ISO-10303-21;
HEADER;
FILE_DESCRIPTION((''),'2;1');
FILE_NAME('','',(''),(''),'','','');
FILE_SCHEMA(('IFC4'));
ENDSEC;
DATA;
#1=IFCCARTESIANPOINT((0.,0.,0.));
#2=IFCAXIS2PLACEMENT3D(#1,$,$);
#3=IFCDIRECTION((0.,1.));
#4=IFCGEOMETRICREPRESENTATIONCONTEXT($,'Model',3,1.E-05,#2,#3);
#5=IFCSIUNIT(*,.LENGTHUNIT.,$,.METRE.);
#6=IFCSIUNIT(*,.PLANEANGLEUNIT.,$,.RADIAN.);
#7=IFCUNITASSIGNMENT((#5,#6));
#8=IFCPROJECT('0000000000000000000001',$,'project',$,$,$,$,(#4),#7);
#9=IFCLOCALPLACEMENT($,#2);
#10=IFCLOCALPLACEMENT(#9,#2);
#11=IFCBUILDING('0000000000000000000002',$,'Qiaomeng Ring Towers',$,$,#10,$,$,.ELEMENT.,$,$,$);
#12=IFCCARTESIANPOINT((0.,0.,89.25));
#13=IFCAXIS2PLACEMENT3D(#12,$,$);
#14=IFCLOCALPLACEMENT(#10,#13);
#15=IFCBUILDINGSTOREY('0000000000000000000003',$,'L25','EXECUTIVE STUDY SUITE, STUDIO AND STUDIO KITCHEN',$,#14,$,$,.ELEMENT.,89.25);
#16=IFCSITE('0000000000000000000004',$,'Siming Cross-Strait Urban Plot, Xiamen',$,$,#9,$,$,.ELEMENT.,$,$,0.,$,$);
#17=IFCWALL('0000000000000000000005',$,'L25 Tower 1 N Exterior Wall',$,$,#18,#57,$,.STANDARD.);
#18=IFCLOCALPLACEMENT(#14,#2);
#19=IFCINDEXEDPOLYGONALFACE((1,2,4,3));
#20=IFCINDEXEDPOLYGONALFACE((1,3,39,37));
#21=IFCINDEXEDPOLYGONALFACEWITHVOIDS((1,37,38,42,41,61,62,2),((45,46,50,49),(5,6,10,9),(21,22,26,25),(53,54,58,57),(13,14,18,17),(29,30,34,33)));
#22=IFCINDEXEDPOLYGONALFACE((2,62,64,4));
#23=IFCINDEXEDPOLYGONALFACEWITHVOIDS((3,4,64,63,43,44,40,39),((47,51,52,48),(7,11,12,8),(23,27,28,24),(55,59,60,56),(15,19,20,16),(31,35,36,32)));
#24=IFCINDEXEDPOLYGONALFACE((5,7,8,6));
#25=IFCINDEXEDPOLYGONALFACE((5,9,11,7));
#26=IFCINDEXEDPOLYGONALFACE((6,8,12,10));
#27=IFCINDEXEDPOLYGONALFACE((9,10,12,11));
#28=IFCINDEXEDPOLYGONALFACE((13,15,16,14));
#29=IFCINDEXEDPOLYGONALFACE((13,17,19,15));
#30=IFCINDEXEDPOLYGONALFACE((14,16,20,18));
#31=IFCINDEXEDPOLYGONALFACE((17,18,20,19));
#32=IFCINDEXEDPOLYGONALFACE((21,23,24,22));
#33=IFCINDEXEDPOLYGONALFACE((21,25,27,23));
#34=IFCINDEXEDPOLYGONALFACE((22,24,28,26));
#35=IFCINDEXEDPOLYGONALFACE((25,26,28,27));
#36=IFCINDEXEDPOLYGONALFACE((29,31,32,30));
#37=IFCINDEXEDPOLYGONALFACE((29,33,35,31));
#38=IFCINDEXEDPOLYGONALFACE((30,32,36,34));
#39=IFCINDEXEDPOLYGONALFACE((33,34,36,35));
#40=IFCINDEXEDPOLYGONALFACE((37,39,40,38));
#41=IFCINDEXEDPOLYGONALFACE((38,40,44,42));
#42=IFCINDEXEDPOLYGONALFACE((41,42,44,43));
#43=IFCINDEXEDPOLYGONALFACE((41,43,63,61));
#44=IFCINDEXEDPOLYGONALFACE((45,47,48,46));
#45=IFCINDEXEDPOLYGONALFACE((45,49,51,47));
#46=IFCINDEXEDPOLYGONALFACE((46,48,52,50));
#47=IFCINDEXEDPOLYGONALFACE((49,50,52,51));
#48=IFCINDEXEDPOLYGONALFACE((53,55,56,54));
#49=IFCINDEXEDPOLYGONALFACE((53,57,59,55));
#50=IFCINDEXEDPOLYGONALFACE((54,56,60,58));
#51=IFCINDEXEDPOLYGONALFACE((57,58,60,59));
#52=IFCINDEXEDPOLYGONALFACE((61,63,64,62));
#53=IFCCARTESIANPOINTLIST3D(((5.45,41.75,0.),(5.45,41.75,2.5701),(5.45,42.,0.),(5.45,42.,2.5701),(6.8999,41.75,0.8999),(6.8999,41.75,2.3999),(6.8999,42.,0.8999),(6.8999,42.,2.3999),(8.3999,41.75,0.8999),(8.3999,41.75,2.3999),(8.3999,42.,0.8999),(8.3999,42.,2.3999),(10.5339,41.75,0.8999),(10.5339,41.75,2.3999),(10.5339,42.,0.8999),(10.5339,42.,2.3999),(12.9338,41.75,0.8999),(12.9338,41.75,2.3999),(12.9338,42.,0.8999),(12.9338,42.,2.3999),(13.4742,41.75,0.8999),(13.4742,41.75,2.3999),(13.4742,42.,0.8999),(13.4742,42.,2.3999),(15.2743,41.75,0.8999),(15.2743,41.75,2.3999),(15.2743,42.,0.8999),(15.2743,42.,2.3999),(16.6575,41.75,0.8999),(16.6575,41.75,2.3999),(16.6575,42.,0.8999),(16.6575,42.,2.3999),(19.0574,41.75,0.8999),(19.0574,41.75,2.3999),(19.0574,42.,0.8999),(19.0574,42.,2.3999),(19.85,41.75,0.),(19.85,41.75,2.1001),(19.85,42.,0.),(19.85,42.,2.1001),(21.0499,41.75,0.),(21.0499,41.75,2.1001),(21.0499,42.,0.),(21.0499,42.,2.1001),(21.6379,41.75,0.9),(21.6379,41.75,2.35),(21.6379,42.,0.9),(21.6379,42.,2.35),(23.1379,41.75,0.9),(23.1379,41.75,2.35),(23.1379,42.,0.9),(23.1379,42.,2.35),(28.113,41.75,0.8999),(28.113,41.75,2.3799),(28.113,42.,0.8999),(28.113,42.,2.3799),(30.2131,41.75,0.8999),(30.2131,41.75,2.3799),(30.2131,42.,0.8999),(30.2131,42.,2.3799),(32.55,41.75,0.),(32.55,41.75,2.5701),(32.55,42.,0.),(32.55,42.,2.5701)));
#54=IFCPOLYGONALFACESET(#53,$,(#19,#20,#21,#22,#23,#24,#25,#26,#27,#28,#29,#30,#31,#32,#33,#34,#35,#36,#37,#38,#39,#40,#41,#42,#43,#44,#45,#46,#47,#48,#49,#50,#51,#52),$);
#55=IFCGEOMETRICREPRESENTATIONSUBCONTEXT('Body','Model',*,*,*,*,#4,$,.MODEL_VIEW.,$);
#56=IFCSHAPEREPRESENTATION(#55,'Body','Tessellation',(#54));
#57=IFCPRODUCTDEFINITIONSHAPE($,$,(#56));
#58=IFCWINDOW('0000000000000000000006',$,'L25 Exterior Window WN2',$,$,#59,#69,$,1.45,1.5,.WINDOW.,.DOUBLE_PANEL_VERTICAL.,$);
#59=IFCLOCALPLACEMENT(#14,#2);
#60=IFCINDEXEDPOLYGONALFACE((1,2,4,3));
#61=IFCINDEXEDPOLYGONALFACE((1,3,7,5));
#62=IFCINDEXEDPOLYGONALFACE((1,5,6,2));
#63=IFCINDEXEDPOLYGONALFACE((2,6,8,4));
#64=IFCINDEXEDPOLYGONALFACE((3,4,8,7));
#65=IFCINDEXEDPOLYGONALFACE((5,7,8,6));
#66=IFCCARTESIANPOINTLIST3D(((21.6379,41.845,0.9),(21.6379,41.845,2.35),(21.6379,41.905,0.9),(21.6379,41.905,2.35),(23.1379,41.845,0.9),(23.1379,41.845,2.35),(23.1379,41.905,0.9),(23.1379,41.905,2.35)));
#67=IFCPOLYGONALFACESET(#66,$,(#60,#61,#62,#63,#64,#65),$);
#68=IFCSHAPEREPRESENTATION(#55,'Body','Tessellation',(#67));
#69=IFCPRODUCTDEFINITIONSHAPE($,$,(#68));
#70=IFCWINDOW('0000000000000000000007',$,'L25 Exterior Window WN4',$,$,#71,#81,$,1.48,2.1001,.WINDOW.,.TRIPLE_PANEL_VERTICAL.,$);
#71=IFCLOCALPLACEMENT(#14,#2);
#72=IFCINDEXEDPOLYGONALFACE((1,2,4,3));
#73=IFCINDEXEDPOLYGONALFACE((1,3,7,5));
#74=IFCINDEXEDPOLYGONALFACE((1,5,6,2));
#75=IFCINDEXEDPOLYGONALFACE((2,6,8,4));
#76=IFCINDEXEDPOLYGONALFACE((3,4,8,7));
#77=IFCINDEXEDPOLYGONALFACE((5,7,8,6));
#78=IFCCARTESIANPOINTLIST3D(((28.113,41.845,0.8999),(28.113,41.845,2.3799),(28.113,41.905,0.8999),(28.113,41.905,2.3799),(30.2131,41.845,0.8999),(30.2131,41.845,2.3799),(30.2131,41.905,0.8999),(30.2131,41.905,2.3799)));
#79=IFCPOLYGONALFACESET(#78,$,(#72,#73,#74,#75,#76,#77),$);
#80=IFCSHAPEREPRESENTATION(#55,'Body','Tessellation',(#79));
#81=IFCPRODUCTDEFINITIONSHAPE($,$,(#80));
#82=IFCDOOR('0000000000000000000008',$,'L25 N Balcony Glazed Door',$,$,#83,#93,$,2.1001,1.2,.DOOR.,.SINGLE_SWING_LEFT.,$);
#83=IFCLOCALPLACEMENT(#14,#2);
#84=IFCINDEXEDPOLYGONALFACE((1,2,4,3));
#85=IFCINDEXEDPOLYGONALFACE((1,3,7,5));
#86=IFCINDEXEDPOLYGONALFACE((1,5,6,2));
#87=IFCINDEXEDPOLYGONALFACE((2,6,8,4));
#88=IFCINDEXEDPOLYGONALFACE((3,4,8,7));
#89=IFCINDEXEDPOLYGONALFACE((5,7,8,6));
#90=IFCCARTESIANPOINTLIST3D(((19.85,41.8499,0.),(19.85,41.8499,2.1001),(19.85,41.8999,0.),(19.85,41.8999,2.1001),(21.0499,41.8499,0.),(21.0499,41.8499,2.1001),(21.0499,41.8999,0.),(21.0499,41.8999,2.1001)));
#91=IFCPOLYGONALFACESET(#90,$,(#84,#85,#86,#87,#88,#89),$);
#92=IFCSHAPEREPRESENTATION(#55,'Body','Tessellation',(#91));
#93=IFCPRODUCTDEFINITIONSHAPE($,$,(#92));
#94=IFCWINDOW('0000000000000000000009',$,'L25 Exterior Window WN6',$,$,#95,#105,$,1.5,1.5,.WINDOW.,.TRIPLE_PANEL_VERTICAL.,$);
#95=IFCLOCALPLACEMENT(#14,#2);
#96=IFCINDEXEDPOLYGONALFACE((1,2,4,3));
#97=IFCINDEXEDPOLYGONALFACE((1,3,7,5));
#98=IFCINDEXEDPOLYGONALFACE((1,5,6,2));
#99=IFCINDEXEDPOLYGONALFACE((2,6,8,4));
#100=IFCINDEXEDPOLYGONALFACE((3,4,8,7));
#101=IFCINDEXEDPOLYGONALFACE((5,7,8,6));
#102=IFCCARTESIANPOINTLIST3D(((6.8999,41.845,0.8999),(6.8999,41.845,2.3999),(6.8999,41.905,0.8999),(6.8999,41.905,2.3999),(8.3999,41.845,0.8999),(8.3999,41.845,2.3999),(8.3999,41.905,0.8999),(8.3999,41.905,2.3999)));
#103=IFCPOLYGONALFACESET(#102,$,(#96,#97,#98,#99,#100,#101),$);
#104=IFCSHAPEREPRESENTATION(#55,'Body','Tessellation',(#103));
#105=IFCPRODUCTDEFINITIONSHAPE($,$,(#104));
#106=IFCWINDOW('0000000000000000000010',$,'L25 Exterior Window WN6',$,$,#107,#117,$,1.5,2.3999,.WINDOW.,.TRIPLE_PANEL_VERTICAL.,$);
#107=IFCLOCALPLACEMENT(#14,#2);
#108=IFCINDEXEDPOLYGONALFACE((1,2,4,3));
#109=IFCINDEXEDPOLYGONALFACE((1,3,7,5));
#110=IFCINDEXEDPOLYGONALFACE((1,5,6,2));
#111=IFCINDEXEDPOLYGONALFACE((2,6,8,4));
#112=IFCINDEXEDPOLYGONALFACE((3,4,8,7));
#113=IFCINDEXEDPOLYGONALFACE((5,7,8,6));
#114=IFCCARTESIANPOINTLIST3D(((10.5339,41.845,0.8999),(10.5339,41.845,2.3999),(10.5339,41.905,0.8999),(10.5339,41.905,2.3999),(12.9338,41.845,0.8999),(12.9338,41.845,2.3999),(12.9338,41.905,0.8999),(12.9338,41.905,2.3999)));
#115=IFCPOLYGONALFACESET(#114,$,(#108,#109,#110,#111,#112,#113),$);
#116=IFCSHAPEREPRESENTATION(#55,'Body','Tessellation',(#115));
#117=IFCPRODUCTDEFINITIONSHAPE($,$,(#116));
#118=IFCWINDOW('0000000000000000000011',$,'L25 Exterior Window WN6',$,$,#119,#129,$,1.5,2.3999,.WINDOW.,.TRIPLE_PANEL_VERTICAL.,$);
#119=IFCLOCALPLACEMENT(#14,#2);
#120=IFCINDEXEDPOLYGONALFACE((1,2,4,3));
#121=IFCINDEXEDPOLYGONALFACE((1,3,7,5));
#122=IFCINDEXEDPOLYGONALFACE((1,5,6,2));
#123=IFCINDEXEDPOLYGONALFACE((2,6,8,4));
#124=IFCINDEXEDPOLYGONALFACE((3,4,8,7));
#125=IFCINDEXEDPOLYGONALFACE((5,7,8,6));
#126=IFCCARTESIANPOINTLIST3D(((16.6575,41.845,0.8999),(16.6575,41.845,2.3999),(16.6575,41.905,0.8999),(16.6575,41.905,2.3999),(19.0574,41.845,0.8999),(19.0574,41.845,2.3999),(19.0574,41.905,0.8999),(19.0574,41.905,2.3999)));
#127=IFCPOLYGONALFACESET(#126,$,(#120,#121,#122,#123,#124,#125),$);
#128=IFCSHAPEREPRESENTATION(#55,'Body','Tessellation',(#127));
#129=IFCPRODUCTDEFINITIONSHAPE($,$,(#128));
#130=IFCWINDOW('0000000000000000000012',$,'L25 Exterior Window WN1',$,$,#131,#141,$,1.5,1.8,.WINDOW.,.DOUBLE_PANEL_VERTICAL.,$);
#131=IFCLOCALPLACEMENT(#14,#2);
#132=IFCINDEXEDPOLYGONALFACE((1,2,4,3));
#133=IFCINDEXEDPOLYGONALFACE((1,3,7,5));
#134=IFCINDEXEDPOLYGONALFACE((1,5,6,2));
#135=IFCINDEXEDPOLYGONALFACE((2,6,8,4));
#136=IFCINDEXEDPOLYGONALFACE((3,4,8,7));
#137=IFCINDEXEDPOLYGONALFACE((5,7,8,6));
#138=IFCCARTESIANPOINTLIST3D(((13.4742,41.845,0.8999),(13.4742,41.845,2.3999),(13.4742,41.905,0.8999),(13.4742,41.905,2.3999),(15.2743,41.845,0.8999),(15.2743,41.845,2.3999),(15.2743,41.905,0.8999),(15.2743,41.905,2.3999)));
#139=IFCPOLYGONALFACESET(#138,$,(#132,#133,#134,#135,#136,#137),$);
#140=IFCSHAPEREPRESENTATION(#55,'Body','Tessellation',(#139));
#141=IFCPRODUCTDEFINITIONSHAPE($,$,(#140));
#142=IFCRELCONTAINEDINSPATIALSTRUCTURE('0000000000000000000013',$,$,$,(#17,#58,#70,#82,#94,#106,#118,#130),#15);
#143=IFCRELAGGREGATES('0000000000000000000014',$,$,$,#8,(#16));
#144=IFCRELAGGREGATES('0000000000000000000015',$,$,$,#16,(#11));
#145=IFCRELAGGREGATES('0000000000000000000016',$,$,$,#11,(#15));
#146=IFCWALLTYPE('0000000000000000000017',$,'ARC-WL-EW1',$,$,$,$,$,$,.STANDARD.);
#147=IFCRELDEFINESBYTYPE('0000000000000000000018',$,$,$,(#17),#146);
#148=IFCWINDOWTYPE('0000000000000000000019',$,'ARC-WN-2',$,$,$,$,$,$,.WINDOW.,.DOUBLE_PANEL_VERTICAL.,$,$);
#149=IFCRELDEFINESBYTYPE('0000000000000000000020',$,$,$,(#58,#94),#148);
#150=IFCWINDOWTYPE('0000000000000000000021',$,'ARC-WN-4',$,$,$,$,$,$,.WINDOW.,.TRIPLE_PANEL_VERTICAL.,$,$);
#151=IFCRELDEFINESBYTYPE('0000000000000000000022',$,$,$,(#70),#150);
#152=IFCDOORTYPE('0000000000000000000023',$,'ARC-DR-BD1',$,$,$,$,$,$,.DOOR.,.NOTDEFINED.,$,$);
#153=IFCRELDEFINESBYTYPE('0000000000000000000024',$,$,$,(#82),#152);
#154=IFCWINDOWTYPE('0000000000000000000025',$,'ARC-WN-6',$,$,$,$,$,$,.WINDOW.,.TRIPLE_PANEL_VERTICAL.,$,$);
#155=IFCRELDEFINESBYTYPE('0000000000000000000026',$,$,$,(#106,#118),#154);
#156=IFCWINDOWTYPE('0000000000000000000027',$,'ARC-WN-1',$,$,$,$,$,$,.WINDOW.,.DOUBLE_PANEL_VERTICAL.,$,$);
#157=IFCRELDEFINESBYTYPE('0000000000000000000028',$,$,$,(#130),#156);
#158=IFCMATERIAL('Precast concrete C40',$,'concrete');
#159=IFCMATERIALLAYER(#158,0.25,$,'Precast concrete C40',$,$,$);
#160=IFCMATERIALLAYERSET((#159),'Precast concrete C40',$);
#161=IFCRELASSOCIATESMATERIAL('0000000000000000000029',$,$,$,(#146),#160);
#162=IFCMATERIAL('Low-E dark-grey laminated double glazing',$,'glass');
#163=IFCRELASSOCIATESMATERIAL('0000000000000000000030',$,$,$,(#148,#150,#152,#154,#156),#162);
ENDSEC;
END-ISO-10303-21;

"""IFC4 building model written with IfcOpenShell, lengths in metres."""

from ifc_helpers import new_model, si_unit, direction, frame, frame_2d, origin, place, context, subcontext, project, spatial, rectangle, extrude, source, transform, mapped, material, layer, layer_set, type_object, element, fill, save


model = new_model("IFC4")

# Units and contexts
model_context = context("Model", 3, precision=1e-05, world=origin(), true_north=direction((0.0, 1.0)))
body_context = subcontext(model_context, "Body", "Model", "MODEL_VIEW")
ifc_project = project(units=[si_unit("LENGTHUNIT", "METRE"), si_unit("PLANEANGLEUNIT", "RADIAN")], contexts=[model_context])

# Site, building, storey
site_placement = place(None, origin())
site = spatial("IfcSite", under=ifc_project, at=site_placement, Name="Siming Cross-Strait Urban Plot, Xiamen", CompositionType="ELEMENT", RefElevation=0.0)
building_placement = place(site_placement, origin())
building = spatial("IfcBuilding", under=site, at=building_placement, Name="Qiaomeng Ring Towers", CompositionType="ELEMENT")
storey_placement = place(building_placement, frame((0.0, 0.0, 89.25)))
storey = spatial("IfcBuildingStorey", under=building, at=storey_placement, Name="L25", Description="EXECUTIVE STUDY SUITE, STUDIO AND STUDIO KITCHEN", CompositionType="ELEMENT", Elevation=89.25)

# Shared definitions
ifc_material_1 = material(Name="Low-E dark-grey laminated double glazing", Category="glass")

# Wall, openings, windows, door
ifc_material_2 = material(Name="Precast concrete C40", Category="concrete")
ifc_layer_1 = layer(ifc_material_2, 0.25, Name="Precast concrete C40")
ifc_layer_set_1 = layer_set([ifc_layer_1], Name="Precast concrete C40")
wall_type_1 = type_object("IfcWallType", Name="ARC-WL-EW1", PredefinedType="STANDARD", material=ifc_layer_set_1)
wall_1_placement = place(storey_placement, frame((5.45, 41.875, 0.0), z_axis=(0.0, 0.0, 1.0), x_axis=(1.0, 0.0, 0.0)))
wall_1 = element("IfcWall", 1, at=wall_1_placement, inside=storey, type_object=wall_type_1, Name="L25 Tower 1 N Exterior Wall", PredefinedType="STANDARD", context=body_context, shape_type="SweptSolid", body=[
    extrude(rectangle(XDim=27.1001, YDim=0.25, at=frame_2d((13.55, 0.0))), origin(), (0.0, 0.0, 1.0), 2.5701),
])
opening_1_placement = place(wall_1_placement, frame((14.3999, 0.0, 0.0)))
opening_1 = element("IfcOpeningElement", 2, at=opening_1_placement, cuts=wall_1, PredefinedType="OPENING", context=body_context, shape_type="SweptSolid", body=[
    extrude(rectangle(XDim=1.2, YDim=2.1001, at=frame_2d((0.6001, 1.05))), frame((0.0, 0.135, 0.0), z_axis=(0.0, -1.0, 0.0), x_axis=(1.0, 0.0, 0.0)), (0.0, 0.0, 1.0), 0.27),
])
opening_2_placement = place(wall_1_placement, frame((1.45, 0.0, 0.8999)))
opening_2 = element("IfcOpeningElement", 3, at=opening_2_placement, cuts=wall_1, PredefinedType="OPENING", context=body_context, shape_type="SweptSolid", body=[
    extrude(rectangle(XDim=1.5, YDim=1.5, at=frame_2d((0.75, 0.75))), frame((0.0, 0.135, 0.0), z_axis=(0.0, -1.0, 0.0), x_axis=(1.0, 0.0, 0.0)), (0.0, 0.0, 1.0), 0.27),
])
opening_3_placement = place(wall_1_placement, frame((8.0244, 0.0, 0.8999)))
opening_3 = element("IfcOpeningElement", 4, at=opening_3_placement, cuts=wall_1, PredefinedType="OPENING", context=body_context, shape_type="SweptSolid", body=[
    extrude(rectangle(XDim=1.8, YDim=1.5, at=frame_2d((0.8999, 0.75))), frame((0.0, 0.135, 0.0), z_axis=(0.0, -1.0, 0.0), x_axis=(1.0, 0.0, 0.0)), (0.0, 0.0, 1.0), 0.27),
])
opening_4_placement = place(wall_1_placement, frame((16.188, 0.0, 0.8999)))
opening_4 = element("IfcOpeningElement", 5, at=opening_4_placement, cuts=wall_1, PredefinedType="OPENING", context=body_context, shape_type="SweptSolid", body=[
    extrude(rectangle(XDim=1.5, YDim=1.45, at=frame_2d((0.75, 0.7251))), frame((0.0, 0.135, 0.0), z_axis=(0.0, -1.0, 0.0), x_axis=(1.0, 0.0, 0.0)), (0.0, 0.0, 1.0), 0.27),
])
opening_5_placement = place(wall_1_placement, frame((22.6631, 0.0, 0.8999)))
opening_5 = element("IfcOpeningElement", 6, at=opening_5_placement, cuts=wall_1, PredefinedType="OPENING", context=body_context, shape_type="SweptSolid", body=[
    extrude(rectangle(XDim=2.1001, YDim=1.48, at=frame_2d((1.05, 0.74))), frame((0.0, 0.135, 0.0), z_axis=(0.0, -1.0, 0.0), x_axis=(1.0, 0.0, 0.0)), (0.0, 0.0, 1.0), 0.27),
])
opening_6_placement = place(wall_1_placement, frame((5.084, 0.0, 0.8999)))
opening_6 = element("IfcOpeningElement", 7, at=opening_6_placement, cuts=wall_1, PredefinedType="OPENING", context=body_context, shape_type="SweptSolid", body=[
    extrude(rectangle(XDim=2.3999, YDim=1.5, at=frame_2d((1.2, 0.75))), frame((0.0, 0.135, 0.0), z_axis=(0.0, -1.0, 0.0), x_axis=(1.0, 0.0, 0.0)), (0.0, 0.0, 1.0), 0.27),
])
opening_7_placement = place(wall_1_placement, frame((11.2075, 0.0, 0.8999)))
opening_7 = element("IfcOpeningElement", 8, at=opening_7_placement, cuts=wall_1, PredefinedType="OPENING", context=body_context, shape_type="SweptSolid", body=[
    extrude(rectangle(XDim=2.3999, YDim=1.5, at=frame_2d((1.2, 0.75))), frame((0.0, 0.135, 0.0), z_axis=(0.0, -1.0, 0.0), x_axis=(1.0, 0.0, 0.0)), (0.0, 0.0, 1.0), 0.27),
])
window_type_1 = type_object("IfcWindowType", Name="ARC-WN-2", PartitioningType="DOUBLE_PANEL_VERTICAL", PredefinedType="WINDOW", material=ifc_material_1)
shared_shape_1 = source(origin(), body_context, "Body", "SweptSolid", [
    extrude(rectangle(XDim=1.5, YDim=1.45, at=frame_2d((0.75, 0.7251))), frame((0.0, 0.03, 0.0), z_axis=(0.0, -1.0, 0.0), x_axis=(1.0, 0.0, 0.0)), (0.0, 0.0, 1.0), 0.0601),
])
window_1_placement = place(opening_4_placement, origin())
window_1 = element("IfcWindow", 9, at=window_1_placement, inside=storey, type_object=window_type_1, Name="L25 Exterior Window WN2", OverallHeight=1.45, OverallWidth=1.5, PartitioningType="DOUBLE_PANEL_VERTICAL", PredefinedType="WINDOW", context=body_context, shape_type="MappedRepresentation", body=[
    mapped(shared_shape_1, transform((0.0, 0.0, 0.0), x_axis=(1.0, 0.0, 0.0), y_axis=(0.0, 1.0, 0.0), z_axis=(0.0, 0.0, 1.0), scale=1.0)),
])
fill(opening_4, window_1)
window_type_2 = type_object("IfcWindowType", Name="ARC-WN-4", PartitioningType="TRIPLE_PANEL_VERTICAL", PredefinedType="WINDOW", material=ifc_material_1)
shared_shape_2 = source(origin(), body_context, "Body", "SweptSolid", [
    extrude(rectangle(XDim=2.1001, YDim=1.48, at=frame_2d((1.05, 0.74))), frame((0.0, 0.03, 0.0), z_axis=(0.0, -1.0, 0.0), x_axis=(1.0, 0.0, 0.0)), (0.0, 0.0, 1.0), 0.0601),
])
window_2_placement = place(opening_5_placement, origin())
window_2 = element("IfcWindow", 10, at=window_2_placement, inside=storey, type_object=window_type_2, Name="L25 Exterior Window WN4", OverallHeight=1.48, OverallWidth=2.1001, PartitioningType="TRIPLE_PANEL_VERTICAL", PredefinedType="WINDOW", context=body_context, shape_type="MappedRepresentation", body=[
    mapped(shared_shape_2, transform((0.0, 0.0, 0.0), x_axis=(1.0, 0.0, 0.0), y_axis=(0.0, 1.0, 0.0), z_axis=(0.0, 0.0, 1.0), scale=1.0)),
])
fill(opening_5, window_2)
door_type_1 = type_object("IfcDoorType", Name="ARC-DR-BD1", OperationType="NOTDEFINED", PredefinedType="DOOR", material=ifc_material_1)
shared_shape_3 = source(origin(), body_context, "Body", "SweptSolid", [
    extrude(rectangle(XDim=1.2, YDim=2.1001, at=frame_2d((0.6001, 1.05))), frame((0.0, 0.0249, 0.0), z_axis=(0.0, -1.0, 0.0), x_axis=(1.0, 0.0, 0.0)), (0.0, 0.0, 1.0), 0.05),
])
door_1_placement = place(opening_1_placement, origin())
door_1 = element("IfcDoor", 11, at=door_1_placement, inside=storey, type_object=door_type_1, Name="L25 N Balcony Glazed Door", OperationType="SINGLE_SWING_LEFT", OverallHeight=2.1001, OverallWidth=1.2, PredefinedType="DOOR", context=body_context, shape_type="MappedRepresentation", body=[
    mapped(shared_shape_3, transform((0.0, 0.0, 0.0), x_axis=(1.0, 0.0, 0.0), y_axis=(0.0, 1.0, 0.0), z_axis=(0.0, 0.0, 1.0), scale=1.0)),
])
fill(opening_1, door_1)
shared_shape_4 = source(origin(), body_context, "Body", "SweptSolid", [
    extrude(rectangle(XDim=1.5, YDim=1.5, at=frame_2d((0.75, 0.75))), frame((0.0, 0.03, 0.0), z_axis=(0.0, -1.0, 0.0), x_axis=(1.0, 0.0, 0.0)), (0.0, 0.0, 1.0), 0.0601),
])
window_3_placement = place(opening_2_placement, origin())
window_3 = element("IfcWindow", 12, at=window_3_placement, inside=storey, type_object=window_type_1, Name="L25 Exterior Window WN6", OverallHeight=1.5, OverallWidth=1.5, PartitioningType="TRIPLE_PANEL_VERTICAL", PredefinedType="WINDOW", context=body_context, shape_type="MappedRepresentation", body=[
    mapped(shared_shape_4, transform((0.0, 0.0, 0.0), x_axis=(1.0, 0.0, 0.0), y_axis=(0.0, 1.0, 0.0), z_axis=(0.0, 0.0, 1.0), scale=1.0)),
])
fill(opening_2, window_3)
window_type_3 = type_object("IfcWindowType", Name="ARC-WN-6", PartitioningType="TRIPLE_PANEL_VERTICAL", PredefinedType="WINDOW", material=ifc_material_1)
shared_shape_5 = source(origin(), body_context, "Body", "SweptSolid", [
    extrude(rectangle(XDim=2.3999, YDim=1.5, at=frame_2d((1.2, 0.75))), frame((0.0, 0.03, 0.0), z_axis=(0.0, -1.0, 0.0), x_axis=(1.0, 0.0, 0.0)), (0.0, 0.0, 1.0), 0.0601),
])
window_4_placement = place(opening_6_placement, origin())
window_4 = element("IfcWindow", 13, at=window_4_placement, inside=storey, type_object=window_type_3, Name="L25 Exterior Window WN6", OverallHeight=1.5, OverallWidth=2.3999, PartitioningType="TRIPLE_PANEL_VERTICAL", PredefinedType="WINDOW", context=body_context, shape_type="MappedRepresentation", body=[
    mapped(shared_shape_5, transform((0.0, 0.0, 0.0), x_axis=(1.0, 0.0, 0.0), y_axis=(0.0, 1.0, 0.0), z_axis=(0.0, 0.0, 1.0), scale=1.0)),
])
fill(opening_6, window_4)
window_5_placement = place(opening_7_placement, origin())
window_5 = element("IfcWindow", 14, at=window_5_placement, inside=storey, type_object=window_type_3, Name="L25 Exterior Window WN6", OverallHeight=1.5, OverallWidth=2.3999, PartitioningType="TRIPLE_PANEL_VERTICAL", PredefinedType="WINDOW", context=body_context, shape_type="MappedRepresentation", body=[
    mapped(shared_shape_5, transform((0.0, 0.0, 0.0), x_axis=(1.0, 0.0, 0.0), y_axis=(0.0, 1.0, 0.0), z_axis=(0.0, 0.0, 1.0), scale=1.0)),
])
fill(opening_7, window_5)
window_type_4 = type_object("IfcWindowType", Name="ARC-WN-1", PartitioningType="DOUBLE_PANEL_VERTICAL", PredefinedType="WINDOW", material=ifc_material_1)
shared_shape_6 = source(origin(), body_context, "Body", "SweptSolid", [
    extrude(rectangle(XDim=1.8, YDim=1.5, at=frame_2d((0.8999, 0.75))), frame((0.0, 0.03, 0.0), z_axis=(0.0, -1.0, 0.0), x_axis=(1.0, 0.0, 0.0)), (0.0, 0.0, 1.0), 0.0601),
])
window_6_placement = place(opening_3_placement, origin())
window_6 = element("IfcWindow", 15, at=window_6_placement, inside=storey, type_object=window_type_4, Name="L25 Exterior Window WN1", OverallHeight=1.5, OverallWidth=1.8, PartitioningType="DOUBLE_PANEL_VERTICAL", PredefinedType="WINDOW", context=body_context, shape_type="MappedRepresentation", body=[
    mapped(shared_shape_6, transform((0.0, 0.0, 0.0), x_axis=(1.0, 0.0, 0.0), y_axis=(0.0, 1.0, 0.0), z_axis=(0.0, 0.0, 1.0), scale=1.0)),
])
fill(opening_3, window_6)

save(model, "model.ifc")
